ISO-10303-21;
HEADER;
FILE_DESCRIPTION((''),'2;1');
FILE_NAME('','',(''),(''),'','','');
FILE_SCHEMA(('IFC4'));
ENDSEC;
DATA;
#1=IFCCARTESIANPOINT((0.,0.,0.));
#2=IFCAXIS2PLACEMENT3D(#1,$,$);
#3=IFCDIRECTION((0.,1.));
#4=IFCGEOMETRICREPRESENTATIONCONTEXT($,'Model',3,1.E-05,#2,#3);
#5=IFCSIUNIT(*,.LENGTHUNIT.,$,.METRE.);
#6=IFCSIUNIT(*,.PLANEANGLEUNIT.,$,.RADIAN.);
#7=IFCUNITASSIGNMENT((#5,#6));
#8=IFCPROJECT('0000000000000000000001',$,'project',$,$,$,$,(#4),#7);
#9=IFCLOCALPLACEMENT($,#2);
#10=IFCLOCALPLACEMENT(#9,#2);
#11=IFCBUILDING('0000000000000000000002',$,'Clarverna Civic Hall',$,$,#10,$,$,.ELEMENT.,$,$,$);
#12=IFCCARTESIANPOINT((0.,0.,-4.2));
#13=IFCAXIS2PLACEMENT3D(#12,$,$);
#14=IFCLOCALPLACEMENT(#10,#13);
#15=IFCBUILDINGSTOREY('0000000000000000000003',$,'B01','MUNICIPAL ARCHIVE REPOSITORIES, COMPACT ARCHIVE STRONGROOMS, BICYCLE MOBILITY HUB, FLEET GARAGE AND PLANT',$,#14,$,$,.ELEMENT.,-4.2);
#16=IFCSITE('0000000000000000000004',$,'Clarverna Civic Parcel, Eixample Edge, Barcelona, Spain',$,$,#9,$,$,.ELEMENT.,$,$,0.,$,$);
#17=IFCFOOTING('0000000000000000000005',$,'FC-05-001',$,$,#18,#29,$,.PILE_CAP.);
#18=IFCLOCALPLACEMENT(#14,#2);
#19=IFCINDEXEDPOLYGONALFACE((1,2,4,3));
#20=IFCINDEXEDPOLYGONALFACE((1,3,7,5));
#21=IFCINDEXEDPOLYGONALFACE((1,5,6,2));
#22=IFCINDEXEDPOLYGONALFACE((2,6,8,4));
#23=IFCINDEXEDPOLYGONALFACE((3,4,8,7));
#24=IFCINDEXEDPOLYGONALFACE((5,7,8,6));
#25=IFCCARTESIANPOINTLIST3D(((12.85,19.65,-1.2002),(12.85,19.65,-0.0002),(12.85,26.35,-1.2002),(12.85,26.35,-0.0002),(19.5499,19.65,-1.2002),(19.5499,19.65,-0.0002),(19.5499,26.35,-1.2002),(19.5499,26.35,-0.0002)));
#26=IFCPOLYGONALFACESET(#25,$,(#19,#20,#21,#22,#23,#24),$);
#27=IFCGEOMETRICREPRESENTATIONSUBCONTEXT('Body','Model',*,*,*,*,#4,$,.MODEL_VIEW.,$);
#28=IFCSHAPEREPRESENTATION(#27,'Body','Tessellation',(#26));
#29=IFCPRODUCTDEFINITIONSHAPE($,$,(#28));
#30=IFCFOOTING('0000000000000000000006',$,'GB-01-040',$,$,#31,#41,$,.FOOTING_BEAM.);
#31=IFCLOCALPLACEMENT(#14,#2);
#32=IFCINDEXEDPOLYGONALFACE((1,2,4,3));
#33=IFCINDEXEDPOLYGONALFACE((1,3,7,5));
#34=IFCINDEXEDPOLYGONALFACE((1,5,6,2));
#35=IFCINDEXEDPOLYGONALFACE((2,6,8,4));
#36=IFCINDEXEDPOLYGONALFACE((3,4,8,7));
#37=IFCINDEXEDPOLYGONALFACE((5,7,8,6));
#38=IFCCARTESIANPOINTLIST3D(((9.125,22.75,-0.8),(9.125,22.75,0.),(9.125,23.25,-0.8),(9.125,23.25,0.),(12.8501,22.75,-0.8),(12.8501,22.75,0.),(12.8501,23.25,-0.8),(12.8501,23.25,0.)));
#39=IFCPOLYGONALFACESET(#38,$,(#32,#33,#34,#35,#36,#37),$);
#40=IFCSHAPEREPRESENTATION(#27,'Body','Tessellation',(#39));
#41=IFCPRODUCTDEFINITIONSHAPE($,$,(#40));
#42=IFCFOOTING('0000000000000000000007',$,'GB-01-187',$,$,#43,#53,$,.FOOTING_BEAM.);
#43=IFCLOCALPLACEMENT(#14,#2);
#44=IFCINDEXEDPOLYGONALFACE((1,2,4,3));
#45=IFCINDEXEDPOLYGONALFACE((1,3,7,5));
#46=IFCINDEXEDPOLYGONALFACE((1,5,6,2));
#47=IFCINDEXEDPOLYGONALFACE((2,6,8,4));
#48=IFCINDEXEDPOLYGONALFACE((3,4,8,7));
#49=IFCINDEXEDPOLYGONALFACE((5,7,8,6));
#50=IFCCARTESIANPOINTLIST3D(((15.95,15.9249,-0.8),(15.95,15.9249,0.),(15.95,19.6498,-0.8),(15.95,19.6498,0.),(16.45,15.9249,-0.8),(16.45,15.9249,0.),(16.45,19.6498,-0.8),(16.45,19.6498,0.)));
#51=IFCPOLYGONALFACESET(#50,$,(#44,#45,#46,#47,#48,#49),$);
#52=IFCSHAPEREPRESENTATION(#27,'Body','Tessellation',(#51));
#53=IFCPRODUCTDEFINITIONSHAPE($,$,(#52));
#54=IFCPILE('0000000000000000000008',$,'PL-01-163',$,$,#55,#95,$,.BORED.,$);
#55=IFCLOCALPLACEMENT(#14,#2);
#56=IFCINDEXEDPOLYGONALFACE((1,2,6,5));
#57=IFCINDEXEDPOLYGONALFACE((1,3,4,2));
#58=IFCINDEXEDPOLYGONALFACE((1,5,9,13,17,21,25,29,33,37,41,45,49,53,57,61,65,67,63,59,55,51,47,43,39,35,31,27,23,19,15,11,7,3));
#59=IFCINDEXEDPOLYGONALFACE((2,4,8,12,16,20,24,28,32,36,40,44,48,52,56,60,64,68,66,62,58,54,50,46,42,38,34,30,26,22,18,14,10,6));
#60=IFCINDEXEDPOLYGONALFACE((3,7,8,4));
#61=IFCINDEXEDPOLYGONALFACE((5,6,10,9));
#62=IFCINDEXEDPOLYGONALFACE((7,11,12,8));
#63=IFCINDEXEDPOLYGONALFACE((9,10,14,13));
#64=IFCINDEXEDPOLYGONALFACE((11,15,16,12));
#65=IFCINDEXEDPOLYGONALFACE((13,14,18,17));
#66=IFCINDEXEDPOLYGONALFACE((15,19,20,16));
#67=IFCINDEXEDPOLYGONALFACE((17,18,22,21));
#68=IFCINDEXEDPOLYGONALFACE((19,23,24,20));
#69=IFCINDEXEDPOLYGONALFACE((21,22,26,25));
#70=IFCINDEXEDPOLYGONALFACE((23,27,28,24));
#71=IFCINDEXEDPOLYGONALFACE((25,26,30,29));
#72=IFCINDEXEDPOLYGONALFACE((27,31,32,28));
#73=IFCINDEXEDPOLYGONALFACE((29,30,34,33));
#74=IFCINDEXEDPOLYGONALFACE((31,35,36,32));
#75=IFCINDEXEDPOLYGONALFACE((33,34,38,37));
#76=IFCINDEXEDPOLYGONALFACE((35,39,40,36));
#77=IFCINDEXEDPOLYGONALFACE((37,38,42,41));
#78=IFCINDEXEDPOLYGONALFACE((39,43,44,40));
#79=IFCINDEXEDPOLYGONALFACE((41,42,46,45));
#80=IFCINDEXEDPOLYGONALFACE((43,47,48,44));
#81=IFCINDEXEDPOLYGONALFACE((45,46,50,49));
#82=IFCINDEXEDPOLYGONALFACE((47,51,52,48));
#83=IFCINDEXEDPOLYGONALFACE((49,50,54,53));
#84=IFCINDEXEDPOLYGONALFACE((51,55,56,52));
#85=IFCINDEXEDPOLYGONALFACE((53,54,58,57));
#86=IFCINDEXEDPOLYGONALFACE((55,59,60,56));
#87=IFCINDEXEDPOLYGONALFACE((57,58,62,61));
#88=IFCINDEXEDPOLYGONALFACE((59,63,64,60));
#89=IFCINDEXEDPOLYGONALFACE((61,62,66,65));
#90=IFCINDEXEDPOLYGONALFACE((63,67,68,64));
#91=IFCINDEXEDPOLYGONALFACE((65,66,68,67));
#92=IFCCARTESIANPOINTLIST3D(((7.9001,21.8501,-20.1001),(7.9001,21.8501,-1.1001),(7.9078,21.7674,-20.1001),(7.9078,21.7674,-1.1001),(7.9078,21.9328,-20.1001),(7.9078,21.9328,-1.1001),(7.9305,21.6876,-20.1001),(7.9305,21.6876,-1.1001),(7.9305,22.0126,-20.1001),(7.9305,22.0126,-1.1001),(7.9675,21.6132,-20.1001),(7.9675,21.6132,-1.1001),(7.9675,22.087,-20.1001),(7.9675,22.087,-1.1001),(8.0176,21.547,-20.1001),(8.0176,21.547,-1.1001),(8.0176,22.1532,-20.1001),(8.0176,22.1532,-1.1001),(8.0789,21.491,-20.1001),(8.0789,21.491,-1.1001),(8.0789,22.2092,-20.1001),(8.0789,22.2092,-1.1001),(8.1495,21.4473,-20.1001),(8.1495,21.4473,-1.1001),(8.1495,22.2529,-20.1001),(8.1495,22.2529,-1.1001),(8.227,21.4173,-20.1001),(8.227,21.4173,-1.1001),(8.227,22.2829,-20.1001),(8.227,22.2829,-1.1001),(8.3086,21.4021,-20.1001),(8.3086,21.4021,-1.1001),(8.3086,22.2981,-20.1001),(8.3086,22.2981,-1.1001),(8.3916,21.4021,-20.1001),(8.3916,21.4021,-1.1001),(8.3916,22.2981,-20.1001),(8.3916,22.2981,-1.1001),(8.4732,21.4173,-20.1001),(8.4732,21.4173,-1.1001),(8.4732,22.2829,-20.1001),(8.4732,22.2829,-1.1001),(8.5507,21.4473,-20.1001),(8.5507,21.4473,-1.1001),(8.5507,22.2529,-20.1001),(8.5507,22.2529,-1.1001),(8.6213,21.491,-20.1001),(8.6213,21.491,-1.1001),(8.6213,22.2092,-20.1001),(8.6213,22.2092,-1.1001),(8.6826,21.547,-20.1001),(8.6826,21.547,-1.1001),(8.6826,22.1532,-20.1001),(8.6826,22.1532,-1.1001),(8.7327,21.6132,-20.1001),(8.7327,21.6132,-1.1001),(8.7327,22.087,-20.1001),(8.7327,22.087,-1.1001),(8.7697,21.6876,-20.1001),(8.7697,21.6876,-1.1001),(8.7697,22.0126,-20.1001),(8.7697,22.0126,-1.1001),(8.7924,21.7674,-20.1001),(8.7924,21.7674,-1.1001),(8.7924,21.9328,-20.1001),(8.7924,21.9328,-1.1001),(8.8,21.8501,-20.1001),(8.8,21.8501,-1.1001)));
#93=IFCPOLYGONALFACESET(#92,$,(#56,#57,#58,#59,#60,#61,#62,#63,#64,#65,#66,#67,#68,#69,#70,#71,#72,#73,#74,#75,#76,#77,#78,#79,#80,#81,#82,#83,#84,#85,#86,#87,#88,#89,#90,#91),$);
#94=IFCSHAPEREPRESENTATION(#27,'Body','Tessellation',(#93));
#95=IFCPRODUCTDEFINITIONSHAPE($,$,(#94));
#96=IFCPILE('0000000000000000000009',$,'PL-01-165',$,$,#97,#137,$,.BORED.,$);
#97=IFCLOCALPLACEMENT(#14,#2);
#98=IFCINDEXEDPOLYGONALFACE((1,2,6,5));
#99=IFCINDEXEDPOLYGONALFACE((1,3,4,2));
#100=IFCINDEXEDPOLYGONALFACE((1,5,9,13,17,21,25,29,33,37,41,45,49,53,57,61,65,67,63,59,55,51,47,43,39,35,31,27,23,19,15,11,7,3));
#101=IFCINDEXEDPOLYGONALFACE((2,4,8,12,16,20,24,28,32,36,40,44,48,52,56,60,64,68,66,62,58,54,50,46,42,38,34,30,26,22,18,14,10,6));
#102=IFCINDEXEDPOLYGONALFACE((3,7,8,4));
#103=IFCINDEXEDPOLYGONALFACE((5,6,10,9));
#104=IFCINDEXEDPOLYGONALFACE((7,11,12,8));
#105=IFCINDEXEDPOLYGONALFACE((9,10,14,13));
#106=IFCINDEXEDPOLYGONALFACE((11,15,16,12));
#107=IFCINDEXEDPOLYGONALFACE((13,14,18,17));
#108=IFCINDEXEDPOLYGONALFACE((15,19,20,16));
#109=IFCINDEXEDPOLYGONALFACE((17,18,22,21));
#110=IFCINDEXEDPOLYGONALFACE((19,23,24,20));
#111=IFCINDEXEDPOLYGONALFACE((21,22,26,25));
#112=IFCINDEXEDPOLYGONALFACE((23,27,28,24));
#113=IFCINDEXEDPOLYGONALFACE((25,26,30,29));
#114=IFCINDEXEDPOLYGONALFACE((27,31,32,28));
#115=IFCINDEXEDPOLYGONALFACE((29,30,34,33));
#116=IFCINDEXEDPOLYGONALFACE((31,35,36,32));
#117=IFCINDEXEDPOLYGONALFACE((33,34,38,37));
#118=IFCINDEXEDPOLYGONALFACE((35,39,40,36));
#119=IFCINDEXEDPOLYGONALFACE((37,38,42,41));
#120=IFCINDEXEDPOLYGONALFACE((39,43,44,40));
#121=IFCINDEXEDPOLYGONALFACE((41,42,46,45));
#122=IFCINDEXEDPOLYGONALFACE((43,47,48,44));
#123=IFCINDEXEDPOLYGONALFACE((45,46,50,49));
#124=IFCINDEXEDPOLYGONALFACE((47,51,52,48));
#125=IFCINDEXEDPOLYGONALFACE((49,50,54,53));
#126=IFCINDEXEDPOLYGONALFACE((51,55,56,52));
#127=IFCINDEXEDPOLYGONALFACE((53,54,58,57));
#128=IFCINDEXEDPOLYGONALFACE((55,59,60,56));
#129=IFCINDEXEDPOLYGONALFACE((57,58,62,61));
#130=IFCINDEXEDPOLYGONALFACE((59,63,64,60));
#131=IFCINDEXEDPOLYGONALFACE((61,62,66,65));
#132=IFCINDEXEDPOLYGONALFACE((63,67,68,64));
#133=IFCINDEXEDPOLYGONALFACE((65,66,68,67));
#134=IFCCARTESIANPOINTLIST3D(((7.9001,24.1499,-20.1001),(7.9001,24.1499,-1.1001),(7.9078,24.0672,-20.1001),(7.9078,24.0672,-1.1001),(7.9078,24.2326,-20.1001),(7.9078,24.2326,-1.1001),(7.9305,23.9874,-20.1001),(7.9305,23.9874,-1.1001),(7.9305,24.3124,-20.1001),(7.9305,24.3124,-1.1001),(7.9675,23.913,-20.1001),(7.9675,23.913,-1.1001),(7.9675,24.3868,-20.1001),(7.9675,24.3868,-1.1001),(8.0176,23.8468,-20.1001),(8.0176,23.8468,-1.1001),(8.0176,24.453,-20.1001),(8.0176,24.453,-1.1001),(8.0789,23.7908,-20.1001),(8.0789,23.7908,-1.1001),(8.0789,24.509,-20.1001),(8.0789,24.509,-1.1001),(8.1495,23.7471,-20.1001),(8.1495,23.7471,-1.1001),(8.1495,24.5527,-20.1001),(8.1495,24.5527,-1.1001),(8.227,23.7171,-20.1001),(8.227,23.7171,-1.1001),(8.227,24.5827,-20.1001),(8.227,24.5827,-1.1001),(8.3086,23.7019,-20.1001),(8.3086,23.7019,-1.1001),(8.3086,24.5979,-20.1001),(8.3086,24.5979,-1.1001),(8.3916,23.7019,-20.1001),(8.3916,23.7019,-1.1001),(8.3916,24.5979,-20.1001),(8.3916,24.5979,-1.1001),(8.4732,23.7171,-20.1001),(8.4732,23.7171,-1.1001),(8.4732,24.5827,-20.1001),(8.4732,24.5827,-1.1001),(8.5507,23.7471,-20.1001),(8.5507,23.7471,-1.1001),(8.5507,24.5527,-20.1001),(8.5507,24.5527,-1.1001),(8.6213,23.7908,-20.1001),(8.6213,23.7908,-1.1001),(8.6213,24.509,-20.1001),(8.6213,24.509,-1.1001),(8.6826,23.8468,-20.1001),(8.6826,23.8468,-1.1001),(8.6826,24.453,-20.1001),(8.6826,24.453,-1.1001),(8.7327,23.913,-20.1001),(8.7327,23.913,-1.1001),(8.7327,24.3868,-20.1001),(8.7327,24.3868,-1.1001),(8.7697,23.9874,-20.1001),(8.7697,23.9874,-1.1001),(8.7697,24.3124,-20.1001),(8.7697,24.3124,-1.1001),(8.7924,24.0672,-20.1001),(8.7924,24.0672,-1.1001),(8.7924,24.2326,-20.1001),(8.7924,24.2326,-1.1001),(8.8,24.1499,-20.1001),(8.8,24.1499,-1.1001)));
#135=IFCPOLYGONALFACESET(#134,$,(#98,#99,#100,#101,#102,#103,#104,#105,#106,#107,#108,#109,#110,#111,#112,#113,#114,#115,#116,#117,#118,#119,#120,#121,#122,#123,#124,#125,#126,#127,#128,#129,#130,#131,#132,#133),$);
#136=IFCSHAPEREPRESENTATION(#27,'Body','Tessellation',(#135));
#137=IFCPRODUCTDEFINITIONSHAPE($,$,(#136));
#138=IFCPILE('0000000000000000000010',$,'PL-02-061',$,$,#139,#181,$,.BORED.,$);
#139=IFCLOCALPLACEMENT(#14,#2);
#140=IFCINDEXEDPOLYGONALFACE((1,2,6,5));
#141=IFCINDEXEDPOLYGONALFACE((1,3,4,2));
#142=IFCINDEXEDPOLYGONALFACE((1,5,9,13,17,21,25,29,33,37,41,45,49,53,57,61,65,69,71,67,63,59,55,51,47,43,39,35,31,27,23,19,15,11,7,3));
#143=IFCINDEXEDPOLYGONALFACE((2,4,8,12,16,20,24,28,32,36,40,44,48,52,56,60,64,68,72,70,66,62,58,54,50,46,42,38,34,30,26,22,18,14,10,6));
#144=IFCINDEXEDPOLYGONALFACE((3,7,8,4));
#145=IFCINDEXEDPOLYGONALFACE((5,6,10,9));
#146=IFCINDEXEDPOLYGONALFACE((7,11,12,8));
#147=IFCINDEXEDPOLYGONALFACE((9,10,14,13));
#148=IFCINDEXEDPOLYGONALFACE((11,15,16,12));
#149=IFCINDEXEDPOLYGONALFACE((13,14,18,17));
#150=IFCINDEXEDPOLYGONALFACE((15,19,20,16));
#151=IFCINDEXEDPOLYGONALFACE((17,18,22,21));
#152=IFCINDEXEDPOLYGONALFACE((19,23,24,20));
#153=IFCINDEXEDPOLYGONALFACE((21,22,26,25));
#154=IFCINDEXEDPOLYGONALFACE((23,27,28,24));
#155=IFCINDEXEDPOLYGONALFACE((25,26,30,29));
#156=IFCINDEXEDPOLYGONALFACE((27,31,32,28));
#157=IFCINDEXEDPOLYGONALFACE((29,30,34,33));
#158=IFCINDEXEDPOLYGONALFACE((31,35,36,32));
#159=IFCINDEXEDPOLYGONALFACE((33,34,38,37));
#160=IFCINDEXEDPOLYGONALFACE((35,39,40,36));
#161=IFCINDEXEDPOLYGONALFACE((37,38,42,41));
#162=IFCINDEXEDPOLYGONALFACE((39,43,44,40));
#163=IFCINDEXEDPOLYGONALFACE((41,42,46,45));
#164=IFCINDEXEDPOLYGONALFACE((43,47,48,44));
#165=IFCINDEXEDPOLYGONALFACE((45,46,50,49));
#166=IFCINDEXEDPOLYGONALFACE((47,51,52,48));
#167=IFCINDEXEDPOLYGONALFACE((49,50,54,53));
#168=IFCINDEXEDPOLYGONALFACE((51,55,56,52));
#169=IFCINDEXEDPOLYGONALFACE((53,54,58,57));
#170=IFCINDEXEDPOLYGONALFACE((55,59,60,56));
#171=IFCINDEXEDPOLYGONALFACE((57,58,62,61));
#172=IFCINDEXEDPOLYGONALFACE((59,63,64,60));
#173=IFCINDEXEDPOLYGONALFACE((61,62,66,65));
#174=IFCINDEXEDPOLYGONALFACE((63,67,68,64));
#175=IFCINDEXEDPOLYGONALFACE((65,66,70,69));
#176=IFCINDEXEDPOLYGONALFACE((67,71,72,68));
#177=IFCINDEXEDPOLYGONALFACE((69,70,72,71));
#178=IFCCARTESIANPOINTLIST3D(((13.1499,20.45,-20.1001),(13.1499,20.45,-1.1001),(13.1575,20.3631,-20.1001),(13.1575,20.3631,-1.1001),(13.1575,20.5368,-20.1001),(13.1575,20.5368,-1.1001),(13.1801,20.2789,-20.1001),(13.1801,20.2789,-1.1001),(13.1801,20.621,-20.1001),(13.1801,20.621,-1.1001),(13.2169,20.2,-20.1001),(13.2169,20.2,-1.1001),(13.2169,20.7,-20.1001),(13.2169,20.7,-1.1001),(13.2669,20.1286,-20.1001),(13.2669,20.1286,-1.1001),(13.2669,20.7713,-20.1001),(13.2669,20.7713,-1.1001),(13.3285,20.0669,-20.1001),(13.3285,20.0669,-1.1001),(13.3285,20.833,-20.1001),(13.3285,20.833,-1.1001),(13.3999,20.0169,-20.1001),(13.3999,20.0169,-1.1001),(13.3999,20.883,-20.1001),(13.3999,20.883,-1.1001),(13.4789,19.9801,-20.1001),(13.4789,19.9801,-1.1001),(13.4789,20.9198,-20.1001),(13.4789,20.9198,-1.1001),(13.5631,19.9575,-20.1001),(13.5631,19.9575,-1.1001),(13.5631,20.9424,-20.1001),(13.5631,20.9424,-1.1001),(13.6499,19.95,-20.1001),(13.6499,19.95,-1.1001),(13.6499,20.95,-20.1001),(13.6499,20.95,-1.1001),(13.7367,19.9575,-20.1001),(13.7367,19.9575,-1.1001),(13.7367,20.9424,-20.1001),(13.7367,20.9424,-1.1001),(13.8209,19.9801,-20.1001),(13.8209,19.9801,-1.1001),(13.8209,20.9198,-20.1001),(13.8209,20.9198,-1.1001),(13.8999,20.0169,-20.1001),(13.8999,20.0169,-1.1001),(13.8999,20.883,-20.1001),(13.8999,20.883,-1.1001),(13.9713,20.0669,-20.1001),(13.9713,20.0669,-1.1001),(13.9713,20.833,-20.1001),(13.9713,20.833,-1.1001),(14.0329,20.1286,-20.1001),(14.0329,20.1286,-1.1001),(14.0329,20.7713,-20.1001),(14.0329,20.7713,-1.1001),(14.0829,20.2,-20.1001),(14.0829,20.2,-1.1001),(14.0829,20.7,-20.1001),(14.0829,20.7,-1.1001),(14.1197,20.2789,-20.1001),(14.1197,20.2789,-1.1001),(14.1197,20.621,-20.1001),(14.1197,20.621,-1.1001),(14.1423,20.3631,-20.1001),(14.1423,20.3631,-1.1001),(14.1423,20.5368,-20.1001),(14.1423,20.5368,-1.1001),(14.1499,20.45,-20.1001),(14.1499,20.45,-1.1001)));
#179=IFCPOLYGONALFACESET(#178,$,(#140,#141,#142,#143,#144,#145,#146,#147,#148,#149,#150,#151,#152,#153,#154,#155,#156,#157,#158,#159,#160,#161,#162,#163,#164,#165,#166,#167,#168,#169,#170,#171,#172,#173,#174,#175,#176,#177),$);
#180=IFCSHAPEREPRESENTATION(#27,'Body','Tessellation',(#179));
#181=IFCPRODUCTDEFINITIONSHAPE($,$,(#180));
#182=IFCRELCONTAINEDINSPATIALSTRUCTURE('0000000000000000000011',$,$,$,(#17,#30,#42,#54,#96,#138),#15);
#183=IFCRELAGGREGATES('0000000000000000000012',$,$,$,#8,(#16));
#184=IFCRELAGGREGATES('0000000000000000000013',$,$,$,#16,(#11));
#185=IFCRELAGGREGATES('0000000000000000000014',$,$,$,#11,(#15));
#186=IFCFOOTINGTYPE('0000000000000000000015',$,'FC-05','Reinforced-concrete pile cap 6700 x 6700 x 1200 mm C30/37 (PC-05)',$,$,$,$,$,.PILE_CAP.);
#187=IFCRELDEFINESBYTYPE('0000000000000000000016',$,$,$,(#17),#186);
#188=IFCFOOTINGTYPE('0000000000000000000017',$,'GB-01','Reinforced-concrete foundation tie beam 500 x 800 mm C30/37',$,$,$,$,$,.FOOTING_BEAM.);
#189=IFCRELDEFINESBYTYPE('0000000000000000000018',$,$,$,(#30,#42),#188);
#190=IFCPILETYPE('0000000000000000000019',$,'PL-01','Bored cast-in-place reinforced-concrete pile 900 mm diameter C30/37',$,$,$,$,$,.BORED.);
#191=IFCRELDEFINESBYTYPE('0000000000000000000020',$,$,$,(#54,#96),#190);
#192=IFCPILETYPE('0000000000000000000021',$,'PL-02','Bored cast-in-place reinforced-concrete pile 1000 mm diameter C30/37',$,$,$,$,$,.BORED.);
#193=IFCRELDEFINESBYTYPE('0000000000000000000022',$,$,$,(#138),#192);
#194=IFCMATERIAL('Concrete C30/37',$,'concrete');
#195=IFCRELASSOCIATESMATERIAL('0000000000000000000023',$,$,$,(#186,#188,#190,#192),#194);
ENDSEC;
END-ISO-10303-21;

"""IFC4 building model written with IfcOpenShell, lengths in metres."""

from ifc_helpers import new_model, si_unit, direction, frame, frame_2d, origin, origin_2d, place, context, subcontext, project, spatial, rectangle, circle, extrude, material, material_profile, profile_set, type_object, element, save


model = new_model("IFC4")

# Units and contexts
model_context = context("Model", 3, precision=1e-05, world=origin(), true_north=direction((0.0, 1.0)))
body_context = subcontext(model_context, "Body", "Model", "MODEL_VIEW")
ifc_project = project(units=[si_unit("LENGTHUNIT", "METRE"), si_unit("PLANEANGLEUNIT", "RADIAN")], contexts=[model_context])

# Site, building, storey
site_placement = place(None, origin())
site = spatial("IfcSite", under=ifc_project, at=site_placement, Name="Clarverna Civic Parcel, Eixample Edge, Barcelona, Spain", CompositionType="ELEMENT", RefElevation=0.0)
building_placement = place(site_placement, origin())
building = spatial("IfcBuilding", under=site, at=building_placement, Name="Clarverna Civic Hall", CompositionType="ELEMENT")
storey_placement = place(building_placement, frame((0.0, 0.0, -4.2)))
storey = spatial("IfcBuildingStorey", under=building, at=storey_placement, Name="B01", Description="MUNICIPAL ARCHIVE REPOSITORIES, COMPACT ARCHIVE STRONGROOMS, BICYCLE MOBILITY HUB, FLEET GARAGE AND PLANT", CompositionType="ELEMENT", Elevation=-4.2)

# Footings
ifc_material_1 = material(Name="Concrete C30/37", Category="concrete")
footing_type_1 = type_object("IfcFootingType", Name="FC-05", Description="Reinforced-concrete pile cap 6700 x 6700 x 1200 mm C30/37 (PC-05)", PredefinedType="PILE_CAP", material=ifc_material_1)
footing_1_placement = place(storey_placement, frame((16.2, 23.0, -1.2002), z_axis=(0.0, 0.0, 1.0), x_axis=(1.0, 0.0, 0.0)))
element("IfcFooting", 1, at=footing_1_placement, inside=storey, type_object=footing_type_1, Name="FC-05-001", PredefinedType="PILE_CAP", context=body_context, shape_type="SweptSolid", body=[
    extrude(rectangle(XDim=6.7, YDim=6.7, at=origin_2d()), origin(), (0.0, 0.0, 1.0), 1.2),
])
footing_type_2 = type_object("IfcFootingType", Name="GB-01", Description="Reinforced-concrete foundation tie beam 500 x 800 mm C30/37", PredefinedType="FOOTING_BEAM", material=ifc_material_1)
footing_2_placement = place(storey_placement, frame((9.125, 23.0, -0.8), z_axis=(0.0, 0.0, 1.0), x_axis=(1.0, 0.0, 0.0)))
element("IfcFooting", 2, at=footing_2_placement, inside=storey, type_object=footing_type_2, Name="GB-01-040", PredefinedType="FOOTING_BEAM", context=body_context, shape_type="SweptSolid", body=[
    extrude(rectangle(XDim=3.7251, YDim=0.5, at=frame_2d((1.8625, 0.0))), origin(), (0.0, 0.0, 1.0), 0.8),
])
footing_3_placement = place(storey_placement, frame((16.2, 15.925, -0.8), z_axis=(0.0, 0.0, 1.0), x_axis=(0.0, 1.0, 0.0)))
element("IfcFooting", 3, at=footing_3_placement, inside=storey, type_object=footing_type_2, Name="GB-01-187", PredefinedType="FOOTING_BEAM", context=body_context, shape_type="SweptSolid", body=[
    extrude(rectangle(XDim=3.7249, YDim=0.5, at=frame_2d((1.8623, 0.0))), origin(), (0.0, 0.0, 1.0), 0.8),
])

# Piles
ifc_material_profile_1 = material_profile(ifc_material_1, circle(Radius=0.45, at=origin_2d()), Name="BORED PILE D900")
ifc_profile_set_1 = profile_set([ifc_material_profile_1], Name="Concrete C30/37")
pile_type_1 = type_object("IfcPileType", Name="PL-01", Description="Bored cast-in-place reinforced-concrete pile 900 mm diameter C30/37", PredefinedType="BORED", material=ifc_profile_set_1)
for number, where, z_axis, x_axis, name in (
    (4, (8.3501, 21.8501, -1.1001), (0.0, 0.0, -1.0), (1.0, 0.0, 0.0), "PL-01-163"),
    (5, (8.3501, 24.1499, -1.1001), (0.0, 0.0, -1.0), (1.0, 0.0, 0.0), "PL-01-165"),
):
    element("IfcPile", number, at=place(storey_placement, frame(where, z_axis=z_axis, x_axis=x_axis)), inside=storey, type_object=pile_type_1, Name=name, PredefinedType="BORED", context=body_context, shape_type="SweptSolid", body=[
        extrude(circle(Radius=0.45, at=origin_2d()), origin(), (0.0, 0.0, 1.0), 19.0),
    ])
ifc_material_profile_2 = material_profile(ifc_material_1, circle(Radius=0.5, at=origin_2d()), Name="BORED PILE D1000")
ifc_profile_set_2 = profile_set([ifc_material_profile_2], Name="Concrete C30/37")
pile_type_2 = type_object("IfcPileType", Name="PL-02", Description="Bored cast-in-place reinforced-concrete pile 1000 mm diameter C30/37", PredefinedType="BORED", material=ifc_profile_set_2)
for number, where, z_axis, x_axis, name in (
    (6, (13.6499, 20.45, -1.1001), (0.0, 0.0, -1.0), (1.0, 0.0, 0.0), "PL-02-061"),
):
    element("IfcPile", number, at=place(storey_placement, frame(where, z_axis=z_axis, x_axis=x_axis)), inside=storey, type_object=pile_type_2, Name=name, PredefinedType="BORED", context=body_context, shape_type="SweptSolid", body=[
        extrude(circle(Radius=0.5, at=origin_2d()), origin(), (0.0, 0.0, 1.0), 19.0),
    ])

save(model, "model.ifc")
